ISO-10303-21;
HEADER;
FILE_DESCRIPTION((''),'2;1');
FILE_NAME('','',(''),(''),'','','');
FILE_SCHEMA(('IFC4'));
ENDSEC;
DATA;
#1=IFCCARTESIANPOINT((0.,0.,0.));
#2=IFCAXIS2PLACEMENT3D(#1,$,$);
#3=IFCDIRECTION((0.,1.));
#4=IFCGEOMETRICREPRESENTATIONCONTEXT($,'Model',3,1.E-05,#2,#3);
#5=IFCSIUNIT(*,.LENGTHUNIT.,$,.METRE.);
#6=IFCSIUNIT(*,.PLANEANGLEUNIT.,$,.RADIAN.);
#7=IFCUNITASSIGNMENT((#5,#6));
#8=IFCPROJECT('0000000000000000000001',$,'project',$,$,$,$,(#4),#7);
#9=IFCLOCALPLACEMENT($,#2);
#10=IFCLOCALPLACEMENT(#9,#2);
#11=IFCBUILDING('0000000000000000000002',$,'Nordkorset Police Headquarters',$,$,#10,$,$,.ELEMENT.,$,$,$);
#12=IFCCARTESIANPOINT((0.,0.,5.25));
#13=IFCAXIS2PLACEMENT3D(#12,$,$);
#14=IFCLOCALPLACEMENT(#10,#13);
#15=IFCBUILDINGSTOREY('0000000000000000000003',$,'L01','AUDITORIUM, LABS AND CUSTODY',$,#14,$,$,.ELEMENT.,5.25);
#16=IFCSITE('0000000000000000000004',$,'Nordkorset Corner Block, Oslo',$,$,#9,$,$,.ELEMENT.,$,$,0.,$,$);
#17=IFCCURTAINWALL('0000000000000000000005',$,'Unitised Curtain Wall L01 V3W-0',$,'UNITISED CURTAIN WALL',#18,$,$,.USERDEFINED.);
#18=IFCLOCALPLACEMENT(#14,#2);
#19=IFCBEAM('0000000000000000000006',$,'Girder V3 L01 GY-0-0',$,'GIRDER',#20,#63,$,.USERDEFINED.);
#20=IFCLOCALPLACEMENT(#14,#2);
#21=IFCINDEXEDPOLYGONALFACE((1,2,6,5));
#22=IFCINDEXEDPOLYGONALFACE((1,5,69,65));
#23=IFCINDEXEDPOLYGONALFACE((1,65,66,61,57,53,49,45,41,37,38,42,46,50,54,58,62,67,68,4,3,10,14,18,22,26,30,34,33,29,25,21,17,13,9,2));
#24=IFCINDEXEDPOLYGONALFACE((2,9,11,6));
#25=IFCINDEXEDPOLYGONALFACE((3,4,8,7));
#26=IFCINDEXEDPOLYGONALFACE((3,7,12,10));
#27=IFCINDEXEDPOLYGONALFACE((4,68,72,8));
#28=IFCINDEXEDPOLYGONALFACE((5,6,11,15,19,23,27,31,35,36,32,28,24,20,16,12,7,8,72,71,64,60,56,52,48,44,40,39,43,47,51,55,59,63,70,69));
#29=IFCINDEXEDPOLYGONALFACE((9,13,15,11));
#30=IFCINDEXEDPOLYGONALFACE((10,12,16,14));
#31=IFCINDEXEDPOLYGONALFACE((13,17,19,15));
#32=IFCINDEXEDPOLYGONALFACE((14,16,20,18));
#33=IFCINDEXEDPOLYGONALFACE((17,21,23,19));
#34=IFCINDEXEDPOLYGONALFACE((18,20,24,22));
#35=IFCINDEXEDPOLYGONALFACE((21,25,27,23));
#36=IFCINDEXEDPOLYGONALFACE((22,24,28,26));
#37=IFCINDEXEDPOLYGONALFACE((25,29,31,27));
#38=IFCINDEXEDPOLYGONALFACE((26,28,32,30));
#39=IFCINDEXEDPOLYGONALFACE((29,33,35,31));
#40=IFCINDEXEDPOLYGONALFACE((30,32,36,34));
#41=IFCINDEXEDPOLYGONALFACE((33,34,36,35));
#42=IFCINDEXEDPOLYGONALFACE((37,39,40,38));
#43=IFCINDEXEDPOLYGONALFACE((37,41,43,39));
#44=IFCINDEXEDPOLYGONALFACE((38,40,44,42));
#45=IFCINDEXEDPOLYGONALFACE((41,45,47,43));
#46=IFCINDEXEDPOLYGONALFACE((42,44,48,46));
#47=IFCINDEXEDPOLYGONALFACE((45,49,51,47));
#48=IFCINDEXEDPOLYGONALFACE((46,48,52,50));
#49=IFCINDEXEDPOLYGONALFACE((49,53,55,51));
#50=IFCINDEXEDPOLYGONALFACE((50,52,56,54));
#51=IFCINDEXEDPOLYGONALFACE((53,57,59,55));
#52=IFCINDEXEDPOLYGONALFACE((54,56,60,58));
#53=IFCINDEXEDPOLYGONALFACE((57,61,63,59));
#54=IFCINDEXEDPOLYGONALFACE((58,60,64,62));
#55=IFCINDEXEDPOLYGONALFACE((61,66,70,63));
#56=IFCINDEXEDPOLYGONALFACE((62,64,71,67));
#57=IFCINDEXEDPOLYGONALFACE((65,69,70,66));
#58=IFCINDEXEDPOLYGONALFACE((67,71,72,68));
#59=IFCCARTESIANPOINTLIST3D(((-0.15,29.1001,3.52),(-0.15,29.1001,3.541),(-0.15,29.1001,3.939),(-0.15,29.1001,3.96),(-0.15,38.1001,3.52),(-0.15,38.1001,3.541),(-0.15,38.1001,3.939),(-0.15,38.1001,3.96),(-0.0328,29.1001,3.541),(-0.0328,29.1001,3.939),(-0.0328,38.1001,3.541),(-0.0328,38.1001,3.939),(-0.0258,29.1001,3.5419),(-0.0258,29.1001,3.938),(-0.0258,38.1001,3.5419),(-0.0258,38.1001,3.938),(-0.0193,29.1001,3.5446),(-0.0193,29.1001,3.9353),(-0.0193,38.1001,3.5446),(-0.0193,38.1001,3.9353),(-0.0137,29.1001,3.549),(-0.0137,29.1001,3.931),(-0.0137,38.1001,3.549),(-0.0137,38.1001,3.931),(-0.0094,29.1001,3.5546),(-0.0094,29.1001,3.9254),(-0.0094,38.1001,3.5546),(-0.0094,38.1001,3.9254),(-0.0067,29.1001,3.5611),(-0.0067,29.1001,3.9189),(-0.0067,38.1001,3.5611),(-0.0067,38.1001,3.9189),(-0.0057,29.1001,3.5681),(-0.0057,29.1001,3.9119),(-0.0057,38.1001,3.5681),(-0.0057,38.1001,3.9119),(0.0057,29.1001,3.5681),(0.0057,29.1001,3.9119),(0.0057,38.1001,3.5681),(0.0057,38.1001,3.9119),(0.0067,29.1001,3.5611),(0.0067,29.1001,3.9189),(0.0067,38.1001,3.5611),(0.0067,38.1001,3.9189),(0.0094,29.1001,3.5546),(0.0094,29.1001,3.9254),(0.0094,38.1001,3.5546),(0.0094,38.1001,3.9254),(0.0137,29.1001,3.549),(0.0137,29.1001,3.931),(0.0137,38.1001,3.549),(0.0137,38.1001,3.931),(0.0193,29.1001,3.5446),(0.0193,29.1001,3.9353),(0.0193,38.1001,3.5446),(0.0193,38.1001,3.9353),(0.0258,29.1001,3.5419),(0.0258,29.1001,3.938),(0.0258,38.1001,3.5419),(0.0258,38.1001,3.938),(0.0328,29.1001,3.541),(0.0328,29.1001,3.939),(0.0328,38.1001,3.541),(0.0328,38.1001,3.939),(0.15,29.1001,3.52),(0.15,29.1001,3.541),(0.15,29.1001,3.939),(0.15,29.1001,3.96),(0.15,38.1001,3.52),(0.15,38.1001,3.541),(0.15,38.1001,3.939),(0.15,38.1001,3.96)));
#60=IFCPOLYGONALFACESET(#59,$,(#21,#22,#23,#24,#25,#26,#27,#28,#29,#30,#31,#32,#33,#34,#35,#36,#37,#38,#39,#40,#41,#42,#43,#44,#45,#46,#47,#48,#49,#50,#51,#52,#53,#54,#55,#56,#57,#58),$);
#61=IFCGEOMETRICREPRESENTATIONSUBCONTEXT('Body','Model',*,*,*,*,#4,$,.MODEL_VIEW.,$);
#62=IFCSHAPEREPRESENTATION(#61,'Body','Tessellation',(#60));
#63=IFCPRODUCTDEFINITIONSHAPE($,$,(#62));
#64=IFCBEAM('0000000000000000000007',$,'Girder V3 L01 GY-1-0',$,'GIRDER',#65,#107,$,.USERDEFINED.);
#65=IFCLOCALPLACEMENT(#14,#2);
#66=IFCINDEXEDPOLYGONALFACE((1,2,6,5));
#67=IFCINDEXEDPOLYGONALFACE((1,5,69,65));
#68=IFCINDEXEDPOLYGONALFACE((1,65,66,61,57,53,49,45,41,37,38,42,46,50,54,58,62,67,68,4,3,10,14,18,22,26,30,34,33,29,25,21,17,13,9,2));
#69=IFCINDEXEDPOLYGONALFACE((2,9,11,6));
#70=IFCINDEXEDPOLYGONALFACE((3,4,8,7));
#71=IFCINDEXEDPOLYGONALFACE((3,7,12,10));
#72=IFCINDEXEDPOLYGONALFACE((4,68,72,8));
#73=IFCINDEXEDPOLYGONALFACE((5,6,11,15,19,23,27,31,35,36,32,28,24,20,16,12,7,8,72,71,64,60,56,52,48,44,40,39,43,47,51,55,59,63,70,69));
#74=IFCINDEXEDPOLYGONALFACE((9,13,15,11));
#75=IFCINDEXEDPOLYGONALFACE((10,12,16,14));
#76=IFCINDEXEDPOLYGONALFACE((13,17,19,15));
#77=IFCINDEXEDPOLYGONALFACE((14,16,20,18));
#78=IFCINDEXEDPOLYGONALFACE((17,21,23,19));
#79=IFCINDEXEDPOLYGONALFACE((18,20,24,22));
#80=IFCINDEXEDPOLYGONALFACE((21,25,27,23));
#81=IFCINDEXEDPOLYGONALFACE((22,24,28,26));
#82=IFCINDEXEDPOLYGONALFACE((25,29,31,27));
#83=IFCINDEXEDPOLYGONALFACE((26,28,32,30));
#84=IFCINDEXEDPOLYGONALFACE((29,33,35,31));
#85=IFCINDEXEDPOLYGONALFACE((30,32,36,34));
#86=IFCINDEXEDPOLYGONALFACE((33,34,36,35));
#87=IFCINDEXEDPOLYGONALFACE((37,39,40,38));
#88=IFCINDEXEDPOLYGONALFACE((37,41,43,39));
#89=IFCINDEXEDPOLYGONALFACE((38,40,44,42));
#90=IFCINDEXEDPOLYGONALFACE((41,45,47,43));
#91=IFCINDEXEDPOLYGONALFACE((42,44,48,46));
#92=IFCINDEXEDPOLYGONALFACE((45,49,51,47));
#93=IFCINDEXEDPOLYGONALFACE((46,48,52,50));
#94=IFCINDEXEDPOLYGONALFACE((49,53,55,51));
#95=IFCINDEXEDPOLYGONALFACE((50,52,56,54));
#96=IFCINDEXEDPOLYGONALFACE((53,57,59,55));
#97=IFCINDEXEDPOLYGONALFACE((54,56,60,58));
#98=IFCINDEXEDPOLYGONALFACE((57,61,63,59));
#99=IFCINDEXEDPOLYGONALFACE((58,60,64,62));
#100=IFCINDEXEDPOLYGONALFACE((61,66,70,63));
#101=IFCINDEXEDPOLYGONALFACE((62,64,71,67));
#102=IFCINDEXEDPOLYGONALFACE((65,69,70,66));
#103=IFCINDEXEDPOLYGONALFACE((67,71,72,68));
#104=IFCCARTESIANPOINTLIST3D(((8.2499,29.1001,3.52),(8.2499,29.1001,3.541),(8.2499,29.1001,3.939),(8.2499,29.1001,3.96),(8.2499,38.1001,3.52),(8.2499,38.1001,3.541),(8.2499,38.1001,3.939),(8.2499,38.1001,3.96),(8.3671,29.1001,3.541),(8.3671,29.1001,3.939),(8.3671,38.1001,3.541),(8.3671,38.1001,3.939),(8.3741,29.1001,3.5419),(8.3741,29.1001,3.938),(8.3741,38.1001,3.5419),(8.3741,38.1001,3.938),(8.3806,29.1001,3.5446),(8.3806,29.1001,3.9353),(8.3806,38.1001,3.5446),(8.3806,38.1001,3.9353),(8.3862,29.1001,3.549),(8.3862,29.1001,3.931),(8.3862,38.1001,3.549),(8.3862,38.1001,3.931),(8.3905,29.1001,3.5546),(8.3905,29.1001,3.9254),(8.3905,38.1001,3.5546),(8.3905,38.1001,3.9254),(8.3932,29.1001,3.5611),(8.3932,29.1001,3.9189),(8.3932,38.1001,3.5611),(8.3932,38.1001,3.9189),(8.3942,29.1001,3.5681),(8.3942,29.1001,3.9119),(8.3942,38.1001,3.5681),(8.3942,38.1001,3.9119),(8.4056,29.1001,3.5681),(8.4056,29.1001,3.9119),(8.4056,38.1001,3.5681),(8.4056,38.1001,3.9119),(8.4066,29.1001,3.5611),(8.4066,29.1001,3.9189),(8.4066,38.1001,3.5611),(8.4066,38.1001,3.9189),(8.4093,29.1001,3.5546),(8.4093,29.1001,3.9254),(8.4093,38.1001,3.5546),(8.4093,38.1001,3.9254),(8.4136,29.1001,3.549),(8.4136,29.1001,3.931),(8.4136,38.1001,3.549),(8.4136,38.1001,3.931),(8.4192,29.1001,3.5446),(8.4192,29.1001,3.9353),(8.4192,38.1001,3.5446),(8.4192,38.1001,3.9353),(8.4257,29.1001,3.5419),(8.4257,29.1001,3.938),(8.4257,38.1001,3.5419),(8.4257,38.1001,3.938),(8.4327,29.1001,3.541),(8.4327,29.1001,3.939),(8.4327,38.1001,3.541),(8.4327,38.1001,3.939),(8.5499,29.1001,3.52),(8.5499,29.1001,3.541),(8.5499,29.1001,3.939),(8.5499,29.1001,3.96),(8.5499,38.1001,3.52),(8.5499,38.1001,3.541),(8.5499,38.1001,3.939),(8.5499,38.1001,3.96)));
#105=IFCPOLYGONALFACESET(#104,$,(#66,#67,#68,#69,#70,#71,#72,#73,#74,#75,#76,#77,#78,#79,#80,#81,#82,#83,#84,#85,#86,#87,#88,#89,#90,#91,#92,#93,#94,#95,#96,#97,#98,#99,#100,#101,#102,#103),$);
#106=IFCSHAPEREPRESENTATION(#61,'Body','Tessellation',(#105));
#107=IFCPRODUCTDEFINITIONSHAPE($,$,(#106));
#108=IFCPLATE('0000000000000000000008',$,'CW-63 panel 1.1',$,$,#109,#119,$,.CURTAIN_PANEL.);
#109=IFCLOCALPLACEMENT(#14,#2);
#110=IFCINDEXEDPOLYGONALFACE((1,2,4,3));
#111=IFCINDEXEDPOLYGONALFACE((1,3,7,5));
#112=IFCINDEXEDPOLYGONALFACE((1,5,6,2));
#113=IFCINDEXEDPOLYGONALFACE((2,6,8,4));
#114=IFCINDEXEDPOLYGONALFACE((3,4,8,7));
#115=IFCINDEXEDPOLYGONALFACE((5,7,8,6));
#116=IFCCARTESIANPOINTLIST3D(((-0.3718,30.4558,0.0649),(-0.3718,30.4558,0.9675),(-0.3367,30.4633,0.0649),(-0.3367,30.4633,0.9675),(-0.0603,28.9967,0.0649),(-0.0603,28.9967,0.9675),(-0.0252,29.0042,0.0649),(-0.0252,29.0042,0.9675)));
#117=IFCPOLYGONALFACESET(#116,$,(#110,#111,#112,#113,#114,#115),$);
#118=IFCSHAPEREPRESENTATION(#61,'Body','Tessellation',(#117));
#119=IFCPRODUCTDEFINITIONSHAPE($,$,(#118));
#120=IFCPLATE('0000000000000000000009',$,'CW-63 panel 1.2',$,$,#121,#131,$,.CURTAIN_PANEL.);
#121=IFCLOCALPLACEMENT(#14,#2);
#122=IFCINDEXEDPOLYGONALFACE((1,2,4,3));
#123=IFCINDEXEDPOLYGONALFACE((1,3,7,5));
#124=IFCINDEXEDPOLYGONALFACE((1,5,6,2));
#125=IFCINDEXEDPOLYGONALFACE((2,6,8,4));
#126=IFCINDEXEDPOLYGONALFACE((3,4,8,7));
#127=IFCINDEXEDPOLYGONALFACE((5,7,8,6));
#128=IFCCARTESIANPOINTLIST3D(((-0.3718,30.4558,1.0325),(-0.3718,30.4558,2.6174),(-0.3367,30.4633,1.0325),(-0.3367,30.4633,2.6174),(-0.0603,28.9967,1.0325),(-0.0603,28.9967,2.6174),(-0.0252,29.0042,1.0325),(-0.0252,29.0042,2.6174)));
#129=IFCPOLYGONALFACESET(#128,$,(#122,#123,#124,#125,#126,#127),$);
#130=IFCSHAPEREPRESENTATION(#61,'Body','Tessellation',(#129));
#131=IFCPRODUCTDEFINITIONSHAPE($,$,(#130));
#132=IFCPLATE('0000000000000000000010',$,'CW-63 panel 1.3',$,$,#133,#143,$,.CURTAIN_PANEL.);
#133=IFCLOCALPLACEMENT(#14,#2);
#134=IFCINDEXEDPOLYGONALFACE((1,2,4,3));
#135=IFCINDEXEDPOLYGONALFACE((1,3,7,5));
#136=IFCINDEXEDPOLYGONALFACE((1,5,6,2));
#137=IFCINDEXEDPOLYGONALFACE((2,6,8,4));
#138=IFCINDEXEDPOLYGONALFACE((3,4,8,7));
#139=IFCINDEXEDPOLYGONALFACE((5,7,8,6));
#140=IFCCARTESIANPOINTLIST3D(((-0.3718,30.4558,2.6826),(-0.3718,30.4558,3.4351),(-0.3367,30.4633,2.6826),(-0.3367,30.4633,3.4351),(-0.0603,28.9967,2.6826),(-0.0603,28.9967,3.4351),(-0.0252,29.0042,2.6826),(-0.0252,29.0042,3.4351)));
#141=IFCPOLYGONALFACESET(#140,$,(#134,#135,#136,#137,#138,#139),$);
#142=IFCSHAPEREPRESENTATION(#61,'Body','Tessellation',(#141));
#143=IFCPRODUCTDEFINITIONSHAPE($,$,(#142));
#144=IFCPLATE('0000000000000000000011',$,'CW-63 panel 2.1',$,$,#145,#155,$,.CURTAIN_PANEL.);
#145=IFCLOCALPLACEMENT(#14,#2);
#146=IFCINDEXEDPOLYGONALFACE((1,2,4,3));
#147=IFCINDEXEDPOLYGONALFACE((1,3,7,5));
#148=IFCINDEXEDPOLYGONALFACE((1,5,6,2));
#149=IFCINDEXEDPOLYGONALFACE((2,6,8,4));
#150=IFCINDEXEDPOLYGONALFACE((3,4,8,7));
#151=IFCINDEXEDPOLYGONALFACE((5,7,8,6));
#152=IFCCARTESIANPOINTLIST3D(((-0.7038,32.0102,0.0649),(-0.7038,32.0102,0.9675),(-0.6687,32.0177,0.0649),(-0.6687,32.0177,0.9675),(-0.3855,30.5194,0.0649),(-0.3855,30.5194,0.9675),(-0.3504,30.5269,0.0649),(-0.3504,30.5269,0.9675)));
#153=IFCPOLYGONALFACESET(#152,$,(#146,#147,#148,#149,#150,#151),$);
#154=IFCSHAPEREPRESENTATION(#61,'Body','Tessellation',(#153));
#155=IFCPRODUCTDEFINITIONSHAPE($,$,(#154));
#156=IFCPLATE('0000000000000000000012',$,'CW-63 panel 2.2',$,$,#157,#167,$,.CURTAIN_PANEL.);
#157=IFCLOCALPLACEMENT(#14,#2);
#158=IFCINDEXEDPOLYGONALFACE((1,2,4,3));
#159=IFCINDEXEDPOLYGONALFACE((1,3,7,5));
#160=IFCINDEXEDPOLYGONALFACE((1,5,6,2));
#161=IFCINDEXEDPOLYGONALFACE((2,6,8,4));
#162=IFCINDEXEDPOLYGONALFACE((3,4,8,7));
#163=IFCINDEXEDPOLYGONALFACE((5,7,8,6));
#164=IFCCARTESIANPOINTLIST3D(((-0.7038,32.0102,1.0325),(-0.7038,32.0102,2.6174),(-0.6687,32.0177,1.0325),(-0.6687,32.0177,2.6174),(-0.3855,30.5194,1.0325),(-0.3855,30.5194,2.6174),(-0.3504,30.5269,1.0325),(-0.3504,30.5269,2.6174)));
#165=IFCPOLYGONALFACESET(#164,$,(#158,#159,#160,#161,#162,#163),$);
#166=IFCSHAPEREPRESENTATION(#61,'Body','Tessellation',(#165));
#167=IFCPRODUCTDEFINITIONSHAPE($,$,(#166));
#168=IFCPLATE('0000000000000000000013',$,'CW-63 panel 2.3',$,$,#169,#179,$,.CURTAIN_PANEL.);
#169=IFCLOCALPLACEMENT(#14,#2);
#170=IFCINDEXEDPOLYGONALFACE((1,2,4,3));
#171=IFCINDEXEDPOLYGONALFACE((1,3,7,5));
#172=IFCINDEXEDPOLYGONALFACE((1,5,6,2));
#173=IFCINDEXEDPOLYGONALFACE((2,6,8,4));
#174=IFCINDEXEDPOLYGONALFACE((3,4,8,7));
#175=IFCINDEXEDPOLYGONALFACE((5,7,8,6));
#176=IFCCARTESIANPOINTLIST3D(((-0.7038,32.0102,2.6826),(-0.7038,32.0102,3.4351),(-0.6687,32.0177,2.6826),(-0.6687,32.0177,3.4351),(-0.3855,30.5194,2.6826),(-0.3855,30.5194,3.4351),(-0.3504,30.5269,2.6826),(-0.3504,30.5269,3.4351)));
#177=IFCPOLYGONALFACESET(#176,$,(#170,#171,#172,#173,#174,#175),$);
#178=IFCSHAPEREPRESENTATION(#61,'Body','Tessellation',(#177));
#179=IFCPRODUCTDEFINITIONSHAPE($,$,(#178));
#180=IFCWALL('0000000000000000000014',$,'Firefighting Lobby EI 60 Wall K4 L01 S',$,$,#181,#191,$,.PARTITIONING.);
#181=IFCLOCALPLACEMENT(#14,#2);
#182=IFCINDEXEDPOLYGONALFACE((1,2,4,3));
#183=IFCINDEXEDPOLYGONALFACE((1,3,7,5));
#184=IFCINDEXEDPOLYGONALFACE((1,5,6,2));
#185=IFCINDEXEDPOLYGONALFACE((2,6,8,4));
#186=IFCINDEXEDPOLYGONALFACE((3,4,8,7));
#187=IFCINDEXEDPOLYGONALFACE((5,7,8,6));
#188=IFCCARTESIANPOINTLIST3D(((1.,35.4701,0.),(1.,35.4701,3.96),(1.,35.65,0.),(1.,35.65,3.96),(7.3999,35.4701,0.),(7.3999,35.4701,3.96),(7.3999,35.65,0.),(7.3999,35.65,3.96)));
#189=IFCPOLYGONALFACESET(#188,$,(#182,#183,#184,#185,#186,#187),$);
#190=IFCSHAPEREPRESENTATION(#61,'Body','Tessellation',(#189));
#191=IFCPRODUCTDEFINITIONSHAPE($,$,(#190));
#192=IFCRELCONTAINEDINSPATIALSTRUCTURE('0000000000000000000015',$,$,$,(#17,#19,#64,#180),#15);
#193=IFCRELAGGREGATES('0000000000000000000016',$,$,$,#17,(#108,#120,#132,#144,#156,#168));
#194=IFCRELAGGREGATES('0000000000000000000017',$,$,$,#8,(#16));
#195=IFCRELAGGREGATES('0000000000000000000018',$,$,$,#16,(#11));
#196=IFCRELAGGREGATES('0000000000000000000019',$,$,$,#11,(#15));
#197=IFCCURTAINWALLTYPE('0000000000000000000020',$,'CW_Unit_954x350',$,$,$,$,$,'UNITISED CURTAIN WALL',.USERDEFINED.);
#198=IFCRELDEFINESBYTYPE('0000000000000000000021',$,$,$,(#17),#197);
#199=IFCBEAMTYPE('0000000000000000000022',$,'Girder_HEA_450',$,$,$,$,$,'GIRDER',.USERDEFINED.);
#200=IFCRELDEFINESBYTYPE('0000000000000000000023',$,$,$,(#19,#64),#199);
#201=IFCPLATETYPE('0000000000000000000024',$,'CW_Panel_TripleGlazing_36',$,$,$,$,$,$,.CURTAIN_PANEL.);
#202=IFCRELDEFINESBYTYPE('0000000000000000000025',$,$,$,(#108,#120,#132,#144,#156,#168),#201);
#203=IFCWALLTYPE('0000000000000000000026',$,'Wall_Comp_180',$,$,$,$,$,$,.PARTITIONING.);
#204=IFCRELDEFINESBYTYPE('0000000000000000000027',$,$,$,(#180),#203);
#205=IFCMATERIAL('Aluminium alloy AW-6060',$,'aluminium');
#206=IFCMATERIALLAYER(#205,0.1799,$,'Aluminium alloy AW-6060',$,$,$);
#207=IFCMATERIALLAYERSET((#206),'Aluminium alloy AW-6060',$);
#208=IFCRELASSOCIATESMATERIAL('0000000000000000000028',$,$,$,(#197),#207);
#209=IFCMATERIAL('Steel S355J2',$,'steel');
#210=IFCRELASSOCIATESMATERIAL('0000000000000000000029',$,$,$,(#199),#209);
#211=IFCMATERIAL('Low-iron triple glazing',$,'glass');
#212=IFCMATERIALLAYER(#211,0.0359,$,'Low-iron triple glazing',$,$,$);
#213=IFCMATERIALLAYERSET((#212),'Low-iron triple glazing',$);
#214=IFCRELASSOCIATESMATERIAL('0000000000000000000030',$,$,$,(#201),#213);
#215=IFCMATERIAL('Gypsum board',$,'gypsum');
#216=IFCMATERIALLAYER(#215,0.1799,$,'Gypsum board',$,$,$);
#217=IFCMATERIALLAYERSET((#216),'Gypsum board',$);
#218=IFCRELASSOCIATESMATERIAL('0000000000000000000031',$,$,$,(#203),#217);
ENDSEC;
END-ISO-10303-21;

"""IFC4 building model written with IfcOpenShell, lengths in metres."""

from ifc_helpers import new_model, si_unit, direction, frame, frame_2d, origin, origin_2d, place, context, subcontext, project, spatial, rectangle, i_section, extrude, material, layer, layer_set, material_profile, profile_set, type_object, element, aggregate, save


model = new_model("IFC4")

# Units and contexts
model_context = context("Model", 3, precision=1e-05, world=origin(), true_north=direction((0.0, 1.0)))
body_context = subcontext(model_context, "Body", "Model", "MODEL_VIEW")
ifc_project = project(units=[si_unit("LENGTHUNIT", "METRE"), si_unit("PLANEANGLEUNIT", "RADIAN")], contexts=[model_context])

# Site, building, storey
site_placement = place(None, origin())
site = spatial("IfcSite", under=ifc_project, at=site_placement, Name="Nordkorset Corner Block, Oslo", CompositionType="ELEMENT", RefElevation=0.0)
building_placement = place(site_placement, origin())
building = spatial("IfcBuilding", under=site, at=building_placement, Name="Nordkorset Police Headquarters", CompositionType="ELEMENT")
storey_placement = place(building_placement, frame((0.0, 0.0, 5.25)))
storey = spatial("IfcBuildingStorey", under=building, at=storey_placement, Name="L01", Description="AUDITORIUM, LABS AND CUSTODY", CompositionType="ELEMENT", Elevation=5.25)

# Curtain wall
ifc_material_1 = material(Name="Aluminium alloy AW-6060", Category="aluminium")
ifc_layer_1 = layer(ifc_material_1, 0.1799, Name="Aluminium alloy AW-6060")
ifc_layer_set_1 = layer_set([ifc_layer_1], Name="Aluminium alloy AW-6060")
curtain_wall_type = type_object("IfcCurtainWallType", Name="CW_Unit_954x350", ElementType="UNITISED CURTAIN WALL", PredefinedType="USERDEFINED", material=ifc_layer_set_1)
curtain_wall_placement = place(storey_placement, origin())
curtain_wall = element("IfcCurtainWall", 1, at=curtain_wall_placement, inside=storey, type_object=curtain_wall_type, Name="Unitised Curtain Wall L01 V3W-0", ObjectType="UNITISED CURTAIN WALL", PredefinedType="USERDEFINED")

# Beams
ifc_material_2 = material(Name="Steel S355J2", Category="steel")
ifc_material_profile_1 = material_profile(ifc_material_2, i_section(OverallWidth=0.3, OverallDepth=0.4399, WebThickness=0.0115, FlangeThickness=0.021, FilletRadius=0.0271, at=origin_2d()), Name="HEA 450")
ifc_profile_set_1 = profile_set([ifc_material_profile_1], Name="Steel S355J2")
beam_type = type_object("IfcBeamType", Name="Girder_HEA_450", ElementType="GIRDER", PredefinedType="USERDEFINED", material=ifc_profile_set_1)
for number, where, z_axis, x_axis, name in (
    (2, (0.0, 29.1001, 3.74), (0.0, 1.0, 0.0), (-1.0, 0.0, 0.0), "Girder V3 L01 GY-0-0"),
    (3, (8.3999, 29.1001, 3.74), (0.0, 1.0, 0.0), (-1.0, 0.0, 0.0), "Girder V3 L01 GY-1-0"),
):
    element("IfcBeam", number, at=place(storey_placement, frame(where, z_axis=z_axis, x_axis=x_axis)), inside=storey, type_object=beam_type, Name=name, ObjectType="GIRDER", PredefinedType="USERDEFINED", context=body_context, shape_type="SweptSolid", body=[
        extrude(i_section(OverallWidth=0.3, OverallDepth=0.4399, WebThickness=0.0115, FlangeThickness=0.021, FilletRadius=0.0271, at=origin_2d()), origin(), (0.0, 0.0, 1.0), 9.0),
    ])

# Plates
ifc_material_3 = material(Name="Low-iron triple glazing", Category="glass")
ifc_layer_2 = layer(ifc_material_3, 0.0359, Name="Low-iron triple glazing")
ifc_layer_set_2 = layer_set([ifc_layer_2], Name="Low-iron triple glazing")
plate_type = type_object("IfcPlateType", Name="CW_Panel_TripleGlazing_36", PredefinedType="CURTAIN_PANEL", material=ifc_layer_set_2)
plate_1_placement = place(storey_placement, frame((-0.1985, 29.73, 0.0649), z_axis=(0.0, 0.0, 1.0), x_axis=(-0.208833, 0.977951, 0.0)))
plate_1 = element("IfcPlate", 4, at=plate_1_placement, type_object=plate_type, Name="CW-63 panel 1.1", PredefinedType="CURTAIN_PANEL", context=body_context, shape_type="SweptSolid", body=[
    extrude(rectangle(XDim=1.4919, YDim=0.0359, at=origin_2d()), origin(), (0.0, 0.0, 1.0), 0.9026),
])
plate_2_placement = place(storey_placement, frame((-0.1985, 29.73, 1.0325), z_axis=(0.0, 0.0, 1.0), x_axis=(-0.208833, 0.977951, 0.0)))
plate_2 = element("IfcPlate", 5, at=plate_2_placement, type_object=plate_type, Name="CW-63 panel 1.2", PredefinedType="CURTAIN_PANEL", context=body_context, shape_type="SweptSolid", body=[
    extrude(rectangle(XDim=1.4919, YDim=0.0359, at=origin_2d()), origin(), (0.0, 0.0, 1.0), 1.585),
])
plate_3_placement = place(storey_placement, frame((-0.1985, 29.73, 2.6826), z_axis=(0.0, 0.0, 1.0), x_axis=(-0.208833, 0.977951, 0.0)))
plate_3 = element("IfcPlate", 6, at=plate_3_placement, type_object=plate_type, Name="CW-63 panel 1.3", PredefinedType="CURTAIN_PANEL", context=body_context, shape_type="SweptSolid", body=[
    extrude(rectangle(XDim=1.4919, YDim=0.0359, at=origin_2d()), origin(), (0.0, 0.0, 1.0), 0.7524),
])
plate_4_placement = place(storey_placement, frame((-0.5271, 31.2686, 0.0649), z_axis=(0.0, 0.0, 1.0), x_axis=(-0.208833, 0.977951, 0.0)))
plate_4 = element("IfcPlate", 7, at=plate_4_placement, type_object=plate_type, Name="CW-63 panel 2.1", PredefinedType="CURTAIN_PANEL", context=body_context, shape_type="SweptSolid", body=[
    extrude(rectangle(XDim=1.5244, YDim=0.0359, at=origin_2d()), origin(), (0.0, 0.0, 1.0), 0.9026),
])
plate_5_placement = place(storey_placement, frame((-0.5271, 31.2686, 1.0325), z_axis=(0.0, 0.0, 1.0), x_axis=(-0.208833, 0.977951, 0.0)))
plate_5 = element("IfcPlate", 8, at=plate_5_placement, type_object=plate_type, Name="CW-63 panel 2.2", PredefinedType="CURTAIN_PANEL", context=body_context, shape_type="SweptSolid", body=[
    extrude(rectangle(XDim=1.5244, YDim=0.0359, at=origin_2d()), origin(), (0.0, 0.0, 1.0), 1.585),
])
plate_6_placement = place(storey_placement, frame((-0.5271, 31.2686, 2.6826), z_axis=(0.0, 0.0, 1.0), x_axis=(-0.208833, 0.977951, 0.0)))
plate_6 = element("IfcPlate", 9, at=plate_6_placement, type_object=plate_type, Name="CW-63 panel 2.3", PredefinedType="CURTAIN_PANEL", context=body_context, shape_type="SweptSolid", body=[
    extrude(rectangle(XDim=1.5244, YDim=0.0359, at=origin_2d()), origin(), (0.0, 0.0, 1.0), 0.7524),
])
aggregate(curtain_wall, [plate_1, plate_2, plate_3, plate_4, plate_5, plate_6])

# Wall
ifc_material_4 = material(Name="Gypsum board", Category="gypsum")
ifc_layer_3 = layer(ifc_material_4, 0.1799, Name="Gypsum board")
ifc_layer_set_3 = layer_set([ifc_layer_3], Name="Gypsum board")
wall_type_1 = type_object("IfcWallType", Name="Wall_Comp_180", PredefinedType="PARTITIONING", material=ifc_layer_set_3)
wall_1_placement = place(storey_placement, frame((1.0, 35.5601, 0.0), z_axis=(0.0, 0.0, 1.0), x_axis=(1.0, 0.0, 0.0)))
element("IfcWall", 10, at=wall_1_placement, inside=storey, type_object=wall_type_1, Name="Firefighting Lobby EI 60 Wall K4 L01 S", PredefinedType="PARTITIONING", context=body_context, shape_type="SweptSolid", body=[
    extrude(rectangle(XDim=6.3999, YDim=0.1799, at=frame_2d((3.2, 0.0))), origin(), (0.0, 0.0, 1.0), 3.96),
])

save(model, "model.ifc")
